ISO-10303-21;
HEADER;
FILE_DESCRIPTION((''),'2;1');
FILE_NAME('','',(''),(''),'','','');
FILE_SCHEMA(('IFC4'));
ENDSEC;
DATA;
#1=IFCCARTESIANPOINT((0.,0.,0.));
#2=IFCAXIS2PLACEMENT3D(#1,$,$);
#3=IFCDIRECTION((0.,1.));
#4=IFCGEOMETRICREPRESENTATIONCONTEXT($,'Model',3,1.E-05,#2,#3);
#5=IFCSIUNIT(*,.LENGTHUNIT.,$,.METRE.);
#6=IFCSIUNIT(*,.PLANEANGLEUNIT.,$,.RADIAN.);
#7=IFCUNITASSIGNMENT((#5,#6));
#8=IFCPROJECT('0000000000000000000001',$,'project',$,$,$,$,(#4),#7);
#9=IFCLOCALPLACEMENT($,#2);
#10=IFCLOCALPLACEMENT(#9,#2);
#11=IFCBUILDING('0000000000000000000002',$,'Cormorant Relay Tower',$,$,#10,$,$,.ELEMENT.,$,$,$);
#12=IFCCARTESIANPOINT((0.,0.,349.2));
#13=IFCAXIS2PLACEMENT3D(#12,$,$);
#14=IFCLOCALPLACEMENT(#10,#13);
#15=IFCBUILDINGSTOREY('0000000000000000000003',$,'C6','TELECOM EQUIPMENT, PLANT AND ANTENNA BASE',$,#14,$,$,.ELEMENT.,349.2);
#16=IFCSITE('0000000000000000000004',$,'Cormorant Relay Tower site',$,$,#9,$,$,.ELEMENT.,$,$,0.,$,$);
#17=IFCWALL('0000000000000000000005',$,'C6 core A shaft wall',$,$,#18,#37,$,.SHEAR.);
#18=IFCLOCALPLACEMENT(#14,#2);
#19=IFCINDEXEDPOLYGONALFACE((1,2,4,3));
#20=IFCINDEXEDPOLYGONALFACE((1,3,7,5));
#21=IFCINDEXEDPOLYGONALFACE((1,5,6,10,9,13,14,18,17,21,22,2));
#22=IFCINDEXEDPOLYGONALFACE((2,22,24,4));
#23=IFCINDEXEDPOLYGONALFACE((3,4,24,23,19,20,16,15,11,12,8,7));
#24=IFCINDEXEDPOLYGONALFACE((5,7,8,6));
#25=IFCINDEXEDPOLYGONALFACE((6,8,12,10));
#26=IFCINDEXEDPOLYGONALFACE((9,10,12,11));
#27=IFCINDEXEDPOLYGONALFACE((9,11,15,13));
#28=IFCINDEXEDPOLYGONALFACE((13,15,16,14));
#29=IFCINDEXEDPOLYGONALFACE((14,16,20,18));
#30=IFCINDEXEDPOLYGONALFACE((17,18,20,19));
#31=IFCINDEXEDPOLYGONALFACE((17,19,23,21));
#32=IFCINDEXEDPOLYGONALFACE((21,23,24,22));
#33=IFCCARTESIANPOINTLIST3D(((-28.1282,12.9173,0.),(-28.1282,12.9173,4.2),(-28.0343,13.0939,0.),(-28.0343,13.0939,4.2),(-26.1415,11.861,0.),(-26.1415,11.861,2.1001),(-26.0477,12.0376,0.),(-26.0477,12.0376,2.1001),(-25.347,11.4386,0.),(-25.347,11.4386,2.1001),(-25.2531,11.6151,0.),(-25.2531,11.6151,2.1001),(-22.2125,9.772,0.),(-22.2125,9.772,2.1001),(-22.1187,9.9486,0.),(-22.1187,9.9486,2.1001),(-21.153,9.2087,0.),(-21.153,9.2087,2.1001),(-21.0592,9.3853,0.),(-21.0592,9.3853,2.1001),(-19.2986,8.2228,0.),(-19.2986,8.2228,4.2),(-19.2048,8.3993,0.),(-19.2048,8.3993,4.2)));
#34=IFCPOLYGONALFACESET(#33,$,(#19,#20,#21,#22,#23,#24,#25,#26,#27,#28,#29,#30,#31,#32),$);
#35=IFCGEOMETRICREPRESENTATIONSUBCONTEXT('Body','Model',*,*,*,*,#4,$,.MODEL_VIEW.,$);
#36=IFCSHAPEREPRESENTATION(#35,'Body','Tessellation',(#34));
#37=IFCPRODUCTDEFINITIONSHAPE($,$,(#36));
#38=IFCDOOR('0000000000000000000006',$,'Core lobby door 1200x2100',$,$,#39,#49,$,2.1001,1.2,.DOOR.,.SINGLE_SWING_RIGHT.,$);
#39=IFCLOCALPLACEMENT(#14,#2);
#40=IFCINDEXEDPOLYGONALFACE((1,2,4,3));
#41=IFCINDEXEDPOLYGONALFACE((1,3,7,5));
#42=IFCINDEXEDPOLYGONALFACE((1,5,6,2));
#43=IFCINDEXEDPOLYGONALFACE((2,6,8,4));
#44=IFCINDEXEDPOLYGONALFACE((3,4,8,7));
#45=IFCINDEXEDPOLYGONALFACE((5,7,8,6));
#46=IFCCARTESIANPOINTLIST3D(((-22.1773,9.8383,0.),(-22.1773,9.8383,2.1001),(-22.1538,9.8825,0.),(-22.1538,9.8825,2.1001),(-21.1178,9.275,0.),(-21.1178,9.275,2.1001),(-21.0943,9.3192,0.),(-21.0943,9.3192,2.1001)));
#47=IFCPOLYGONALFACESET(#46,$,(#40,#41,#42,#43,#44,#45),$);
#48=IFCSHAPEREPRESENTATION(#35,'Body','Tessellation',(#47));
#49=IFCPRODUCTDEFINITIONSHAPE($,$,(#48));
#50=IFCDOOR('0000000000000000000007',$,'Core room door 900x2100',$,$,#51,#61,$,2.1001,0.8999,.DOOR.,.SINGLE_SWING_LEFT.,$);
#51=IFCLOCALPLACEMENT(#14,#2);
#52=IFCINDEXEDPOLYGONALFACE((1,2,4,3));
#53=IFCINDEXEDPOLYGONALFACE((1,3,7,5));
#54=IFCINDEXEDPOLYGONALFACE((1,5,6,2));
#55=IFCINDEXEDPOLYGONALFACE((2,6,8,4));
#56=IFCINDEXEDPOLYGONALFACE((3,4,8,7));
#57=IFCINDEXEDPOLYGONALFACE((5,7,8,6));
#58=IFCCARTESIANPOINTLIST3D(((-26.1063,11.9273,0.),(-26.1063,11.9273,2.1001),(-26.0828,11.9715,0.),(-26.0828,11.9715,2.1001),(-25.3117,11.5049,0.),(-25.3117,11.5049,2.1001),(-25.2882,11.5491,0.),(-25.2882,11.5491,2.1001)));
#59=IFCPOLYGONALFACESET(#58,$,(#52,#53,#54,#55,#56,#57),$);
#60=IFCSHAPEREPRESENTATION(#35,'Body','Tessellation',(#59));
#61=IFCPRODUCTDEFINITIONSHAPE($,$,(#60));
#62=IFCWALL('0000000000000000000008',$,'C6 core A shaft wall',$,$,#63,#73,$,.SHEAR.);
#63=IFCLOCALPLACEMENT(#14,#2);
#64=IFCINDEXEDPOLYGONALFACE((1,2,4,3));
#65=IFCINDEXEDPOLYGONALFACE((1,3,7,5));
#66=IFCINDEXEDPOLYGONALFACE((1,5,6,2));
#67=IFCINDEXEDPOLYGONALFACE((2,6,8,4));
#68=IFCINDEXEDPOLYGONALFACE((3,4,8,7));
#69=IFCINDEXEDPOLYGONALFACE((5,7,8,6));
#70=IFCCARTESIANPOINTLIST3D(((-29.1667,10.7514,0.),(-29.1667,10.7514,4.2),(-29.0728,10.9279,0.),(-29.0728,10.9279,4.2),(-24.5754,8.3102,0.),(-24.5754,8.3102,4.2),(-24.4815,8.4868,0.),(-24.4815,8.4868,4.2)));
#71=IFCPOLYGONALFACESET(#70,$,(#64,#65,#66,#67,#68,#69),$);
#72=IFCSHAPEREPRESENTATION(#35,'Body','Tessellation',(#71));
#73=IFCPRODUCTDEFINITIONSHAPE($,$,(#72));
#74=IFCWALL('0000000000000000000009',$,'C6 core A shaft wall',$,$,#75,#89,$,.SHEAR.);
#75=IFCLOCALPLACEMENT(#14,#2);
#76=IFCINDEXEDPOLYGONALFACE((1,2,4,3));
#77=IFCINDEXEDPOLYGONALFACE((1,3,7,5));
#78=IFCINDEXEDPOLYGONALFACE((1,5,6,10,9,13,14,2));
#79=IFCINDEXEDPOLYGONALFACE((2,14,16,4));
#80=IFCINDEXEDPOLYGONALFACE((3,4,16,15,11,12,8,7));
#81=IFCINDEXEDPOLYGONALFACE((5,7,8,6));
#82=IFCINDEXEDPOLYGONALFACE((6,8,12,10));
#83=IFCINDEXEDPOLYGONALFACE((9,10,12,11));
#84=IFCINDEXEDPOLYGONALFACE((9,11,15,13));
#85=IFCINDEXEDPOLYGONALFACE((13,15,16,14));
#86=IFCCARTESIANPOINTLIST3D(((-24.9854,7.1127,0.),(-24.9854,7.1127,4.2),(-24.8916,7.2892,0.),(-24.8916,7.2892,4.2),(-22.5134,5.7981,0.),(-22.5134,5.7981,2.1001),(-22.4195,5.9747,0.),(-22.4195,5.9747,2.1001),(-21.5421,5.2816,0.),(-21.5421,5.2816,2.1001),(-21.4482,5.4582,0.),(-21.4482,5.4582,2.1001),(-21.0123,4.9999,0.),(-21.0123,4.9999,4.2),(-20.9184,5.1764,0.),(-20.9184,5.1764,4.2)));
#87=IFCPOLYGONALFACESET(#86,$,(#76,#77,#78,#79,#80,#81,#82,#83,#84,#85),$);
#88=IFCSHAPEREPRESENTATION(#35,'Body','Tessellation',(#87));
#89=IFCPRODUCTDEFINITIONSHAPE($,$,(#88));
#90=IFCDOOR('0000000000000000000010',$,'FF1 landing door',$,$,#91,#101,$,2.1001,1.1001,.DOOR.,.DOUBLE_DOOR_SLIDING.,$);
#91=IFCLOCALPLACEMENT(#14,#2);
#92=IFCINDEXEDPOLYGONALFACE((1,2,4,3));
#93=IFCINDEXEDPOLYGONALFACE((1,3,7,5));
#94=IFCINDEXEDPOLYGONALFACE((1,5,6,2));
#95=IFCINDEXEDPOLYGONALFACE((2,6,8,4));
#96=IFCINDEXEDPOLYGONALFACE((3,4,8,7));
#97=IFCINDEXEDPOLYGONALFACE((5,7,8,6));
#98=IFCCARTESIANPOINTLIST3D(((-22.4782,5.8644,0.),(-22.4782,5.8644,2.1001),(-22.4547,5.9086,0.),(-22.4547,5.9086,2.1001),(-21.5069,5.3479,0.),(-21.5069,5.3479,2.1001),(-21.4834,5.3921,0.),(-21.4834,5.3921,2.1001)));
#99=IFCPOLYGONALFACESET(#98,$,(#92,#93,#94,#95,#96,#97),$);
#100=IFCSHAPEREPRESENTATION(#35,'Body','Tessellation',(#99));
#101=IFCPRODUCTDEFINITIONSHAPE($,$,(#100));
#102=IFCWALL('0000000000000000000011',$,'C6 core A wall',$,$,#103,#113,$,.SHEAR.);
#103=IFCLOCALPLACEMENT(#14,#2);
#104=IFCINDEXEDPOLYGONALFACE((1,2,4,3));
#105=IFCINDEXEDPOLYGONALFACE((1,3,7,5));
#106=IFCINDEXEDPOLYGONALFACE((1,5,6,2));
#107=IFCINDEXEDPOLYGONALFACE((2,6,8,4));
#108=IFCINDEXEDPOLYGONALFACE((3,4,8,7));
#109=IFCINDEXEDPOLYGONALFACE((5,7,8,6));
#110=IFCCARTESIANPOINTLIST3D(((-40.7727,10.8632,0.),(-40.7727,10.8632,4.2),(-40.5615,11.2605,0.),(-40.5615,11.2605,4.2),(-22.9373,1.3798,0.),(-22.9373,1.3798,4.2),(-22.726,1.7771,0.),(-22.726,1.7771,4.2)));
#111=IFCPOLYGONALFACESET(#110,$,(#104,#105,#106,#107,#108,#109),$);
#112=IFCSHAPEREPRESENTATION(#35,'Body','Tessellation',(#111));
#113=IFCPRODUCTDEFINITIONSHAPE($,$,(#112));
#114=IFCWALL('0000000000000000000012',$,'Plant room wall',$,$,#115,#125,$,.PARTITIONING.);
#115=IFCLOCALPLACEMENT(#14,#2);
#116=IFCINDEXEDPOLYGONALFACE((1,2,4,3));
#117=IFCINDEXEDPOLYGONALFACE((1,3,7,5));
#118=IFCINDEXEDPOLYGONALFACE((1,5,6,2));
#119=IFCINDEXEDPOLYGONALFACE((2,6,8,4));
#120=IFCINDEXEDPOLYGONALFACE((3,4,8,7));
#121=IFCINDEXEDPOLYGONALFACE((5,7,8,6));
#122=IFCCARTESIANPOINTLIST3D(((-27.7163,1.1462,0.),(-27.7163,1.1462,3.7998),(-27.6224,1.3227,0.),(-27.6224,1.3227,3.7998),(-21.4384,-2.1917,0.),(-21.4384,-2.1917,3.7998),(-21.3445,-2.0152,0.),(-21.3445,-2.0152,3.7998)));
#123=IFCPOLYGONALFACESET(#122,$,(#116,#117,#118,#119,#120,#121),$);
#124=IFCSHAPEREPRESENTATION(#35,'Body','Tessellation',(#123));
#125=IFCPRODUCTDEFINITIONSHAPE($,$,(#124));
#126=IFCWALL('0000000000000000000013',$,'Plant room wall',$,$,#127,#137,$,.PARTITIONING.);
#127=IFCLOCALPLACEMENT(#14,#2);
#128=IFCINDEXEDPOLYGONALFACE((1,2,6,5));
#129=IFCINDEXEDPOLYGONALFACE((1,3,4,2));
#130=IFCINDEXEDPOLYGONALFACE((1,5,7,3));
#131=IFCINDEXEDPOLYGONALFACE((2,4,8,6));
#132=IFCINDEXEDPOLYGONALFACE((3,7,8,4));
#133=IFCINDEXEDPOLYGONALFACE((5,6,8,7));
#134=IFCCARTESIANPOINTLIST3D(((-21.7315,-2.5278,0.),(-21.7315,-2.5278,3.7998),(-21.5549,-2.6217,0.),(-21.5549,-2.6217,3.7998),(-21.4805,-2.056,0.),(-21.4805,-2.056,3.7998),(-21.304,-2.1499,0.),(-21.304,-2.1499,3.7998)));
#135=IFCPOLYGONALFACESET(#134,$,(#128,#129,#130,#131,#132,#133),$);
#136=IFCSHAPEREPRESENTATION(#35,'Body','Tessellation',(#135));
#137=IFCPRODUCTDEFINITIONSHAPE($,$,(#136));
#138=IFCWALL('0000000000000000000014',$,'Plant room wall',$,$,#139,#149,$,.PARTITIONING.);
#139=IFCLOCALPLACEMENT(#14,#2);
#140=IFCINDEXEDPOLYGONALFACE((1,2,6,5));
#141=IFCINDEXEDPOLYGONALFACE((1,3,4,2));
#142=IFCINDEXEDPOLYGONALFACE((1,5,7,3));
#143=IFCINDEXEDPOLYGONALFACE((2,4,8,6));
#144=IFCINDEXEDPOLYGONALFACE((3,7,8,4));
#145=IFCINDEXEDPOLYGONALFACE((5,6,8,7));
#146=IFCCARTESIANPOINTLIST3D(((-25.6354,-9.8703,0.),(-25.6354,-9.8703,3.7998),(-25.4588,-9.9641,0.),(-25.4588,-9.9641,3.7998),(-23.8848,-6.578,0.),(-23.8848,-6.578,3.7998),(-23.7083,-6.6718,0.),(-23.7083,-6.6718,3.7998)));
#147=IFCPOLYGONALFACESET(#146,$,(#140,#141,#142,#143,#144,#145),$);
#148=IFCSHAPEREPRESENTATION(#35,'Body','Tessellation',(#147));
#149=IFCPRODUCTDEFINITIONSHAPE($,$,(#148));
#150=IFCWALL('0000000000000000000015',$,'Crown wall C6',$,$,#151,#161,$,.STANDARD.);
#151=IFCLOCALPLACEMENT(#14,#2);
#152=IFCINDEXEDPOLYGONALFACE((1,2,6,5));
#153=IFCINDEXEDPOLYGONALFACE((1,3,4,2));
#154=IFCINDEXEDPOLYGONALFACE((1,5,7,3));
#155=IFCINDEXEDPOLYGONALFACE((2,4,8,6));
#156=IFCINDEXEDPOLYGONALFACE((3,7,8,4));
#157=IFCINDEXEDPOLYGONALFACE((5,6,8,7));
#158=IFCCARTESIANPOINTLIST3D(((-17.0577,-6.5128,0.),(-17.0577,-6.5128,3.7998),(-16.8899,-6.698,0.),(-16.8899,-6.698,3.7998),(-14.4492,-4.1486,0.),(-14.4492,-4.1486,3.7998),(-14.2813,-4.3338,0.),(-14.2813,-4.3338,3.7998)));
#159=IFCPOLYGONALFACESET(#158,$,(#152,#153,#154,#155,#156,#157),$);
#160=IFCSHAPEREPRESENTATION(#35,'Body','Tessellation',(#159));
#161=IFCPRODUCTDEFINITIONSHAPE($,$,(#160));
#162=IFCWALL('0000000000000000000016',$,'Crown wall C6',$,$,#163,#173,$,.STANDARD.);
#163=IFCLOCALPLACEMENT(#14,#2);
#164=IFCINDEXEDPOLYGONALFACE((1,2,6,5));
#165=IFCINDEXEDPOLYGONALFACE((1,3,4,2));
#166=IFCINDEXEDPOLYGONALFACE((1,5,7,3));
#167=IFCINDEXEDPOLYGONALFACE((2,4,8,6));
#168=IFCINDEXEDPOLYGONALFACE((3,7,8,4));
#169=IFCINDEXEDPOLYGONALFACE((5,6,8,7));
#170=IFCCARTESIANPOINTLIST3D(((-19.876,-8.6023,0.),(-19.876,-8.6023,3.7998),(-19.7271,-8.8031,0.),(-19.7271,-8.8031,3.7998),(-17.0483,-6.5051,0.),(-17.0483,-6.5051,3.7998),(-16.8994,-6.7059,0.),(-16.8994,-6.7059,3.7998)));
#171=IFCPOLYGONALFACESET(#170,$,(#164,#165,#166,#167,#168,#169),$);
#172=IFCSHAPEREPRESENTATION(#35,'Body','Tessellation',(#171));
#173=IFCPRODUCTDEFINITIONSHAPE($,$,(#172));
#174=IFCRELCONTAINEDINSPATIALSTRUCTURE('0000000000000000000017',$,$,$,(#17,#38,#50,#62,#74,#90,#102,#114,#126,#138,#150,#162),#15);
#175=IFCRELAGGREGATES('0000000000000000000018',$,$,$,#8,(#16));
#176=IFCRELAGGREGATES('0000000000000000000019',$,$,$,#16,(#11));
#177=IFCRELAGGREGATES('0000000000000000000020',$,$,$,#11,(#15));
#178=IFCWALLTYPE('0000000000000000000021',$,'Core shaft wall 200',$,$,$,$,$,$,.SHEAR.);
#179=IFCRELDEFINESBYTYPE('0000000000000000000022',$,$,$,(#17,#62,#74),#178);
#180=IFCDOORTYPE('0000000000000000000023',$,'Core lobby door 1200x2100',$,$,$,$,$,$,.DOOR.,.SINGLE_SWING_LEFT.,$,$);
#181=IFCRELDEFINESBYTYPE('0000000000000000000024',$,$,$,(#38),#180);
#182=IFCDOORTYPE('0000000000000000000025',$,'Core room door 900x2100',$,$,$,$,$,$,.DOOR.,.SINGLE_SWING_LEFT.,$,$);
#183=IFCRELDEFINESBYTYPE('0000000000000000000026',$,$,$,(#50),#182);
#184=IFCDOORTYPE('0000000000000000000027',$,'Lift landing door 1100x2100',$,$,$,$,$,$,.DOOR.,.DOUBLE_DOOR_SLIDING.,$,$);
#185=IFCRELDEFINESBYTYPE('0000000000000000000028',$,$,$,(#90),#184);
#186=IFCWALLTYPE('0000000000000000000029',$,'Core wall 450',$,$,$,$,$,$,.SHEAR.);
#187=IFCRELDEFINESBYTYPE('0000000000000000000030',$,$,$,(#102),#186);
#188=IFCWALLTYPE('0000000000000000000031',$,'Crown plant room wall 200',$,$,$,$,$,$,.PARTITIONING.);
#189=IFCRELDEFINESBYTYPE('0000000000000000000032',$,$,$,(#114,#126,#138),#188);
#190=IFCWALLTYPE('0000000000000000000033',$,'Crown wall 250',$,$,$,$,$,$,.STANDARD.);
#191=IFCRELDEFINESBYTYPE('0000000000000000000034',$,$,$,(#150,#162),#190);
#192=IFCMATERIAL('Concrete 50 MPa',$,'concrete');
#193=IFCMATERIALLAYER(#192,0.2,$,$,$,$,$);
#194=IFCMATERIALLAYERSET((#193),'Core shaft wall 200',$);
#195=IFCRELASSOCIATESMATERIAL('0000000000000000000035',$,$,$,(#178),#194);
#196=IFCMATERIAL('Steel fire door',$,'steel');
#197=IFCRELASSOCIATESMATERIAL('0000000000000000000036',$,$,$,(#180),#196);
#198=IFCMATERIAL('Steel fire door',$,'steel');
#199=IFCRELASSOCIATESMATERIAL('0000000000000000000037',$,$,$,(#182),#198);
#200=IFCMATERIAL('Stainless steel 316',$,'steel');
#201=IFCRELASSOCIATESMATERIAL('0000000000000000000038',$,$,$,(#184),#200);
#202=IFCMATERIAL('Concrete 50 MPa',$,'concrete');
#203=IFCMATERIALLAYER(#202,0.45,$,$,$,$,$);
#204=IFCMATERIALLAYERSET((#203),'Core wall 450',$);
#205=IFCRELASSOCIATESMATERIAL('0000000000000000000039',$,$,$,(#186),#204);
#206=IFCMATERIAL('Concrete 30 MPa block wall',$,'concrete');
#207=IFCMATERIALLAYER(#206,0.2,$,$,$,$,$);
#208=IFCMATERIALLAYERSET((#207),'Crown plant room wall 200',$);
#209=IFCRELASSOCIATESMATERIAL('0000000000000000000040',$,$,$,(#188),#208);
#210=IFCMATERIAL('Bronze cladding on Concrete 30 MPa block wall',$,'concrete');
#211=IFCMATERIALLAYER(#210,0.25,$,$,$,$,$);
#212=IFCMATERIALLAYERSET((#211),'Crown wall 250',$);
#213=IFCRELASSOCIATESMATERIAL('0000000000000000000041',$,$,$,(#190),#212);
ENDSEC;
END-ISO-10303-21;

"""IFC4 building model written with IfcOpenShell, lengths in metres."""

from ifc_helpers import new_model, si_unit, direction, frame, frame_2d, origin, place, context, subcontext, project, spatial, rectangle, extrude, material, layer, layer_set, type_object, element, fill, save


model = new_model("IFC4")

# Units and contexts
model_context = context("Model", 3, precision=1e-05, world=origin(), true_north=direction((0.0, 1.0)))
body_context = subcontext(model_context, "Body", "Model", "MODEL_VIEW")
ifc_project = project(units=[si_unit("LENGTHUNIT", "METRE"), si_unit("PLANEANGLEUNIT", "RADIAN")], contexts=[model_context])

# Site, building, storey
site_placement = place(None, origin())
site = spatial("IfcSite", under=ifc_project, at=site_placement, Name="Cormorant Relay Tower site", CompositionType="ELEMENT", RefElevation=0.0)
building_placement = place(site_placement, origin())
building = spatial("IfcBuilding", under=site, at=building_placement, Name="Cormorant Relay Tower", CompositionType="ELEMENT")
storey_placement = place(building_placement, frame((0.0, 0.0, 349.2)))
storey = spatial("IfcBuildingStorey", under=building, at=storey_placement, Name="C6", Description="TELECOM EQUIPMENT, PLANT AND ANTENNA BASE", CompositionType="ELEMENT", Elevation=349.2)

# Shared definitions
ifc_material_1 = material(Name="Concrete 50 MPa", Category="concrete")
ifc_layer_1 = layer(ifc_material_1, 0.2)
ifc_layer_set_1 = layer_set([ifc_layer_1], Name="Core shaft wall 200")
wall_type_1 = type_object("IfcWallType", Name="Core shaft wall 200", PredefinedType="SHEAR", material=ifc_layer_set_1)

# Wall, openings, doors
wall_1_placement = place(storey_placement, frame((-19.2517, 8.311, 0.0), z_axis=(0.0, 0.0, 1.0), x_axis=(-0.882956, 0.469456, 0.0)))
wall_1 = element("IfcWall", 1, at=wall_1_placement, inside=storey, type_object=wall_type_1, Name="C6 core A shaft wall", PredefinedType="SHEAR", context=body_context, shape_type="SweptSolid", body=[
    extrude(rectangle(XDim=10.0, YDim=0.2, at=frame_2d((5.0, 0.0))), origin(), (0.0, 0.0, 1.0), 4.2),
])
opening_1_placement = place(wall_1_placement, frame((2.1001, 0.0, 0.0)))
opening_1 = element("IfcOpeningElement", 2, at=opening_1_placement, cuts=wall_1, PredefinedType="OPENING", context=body_context, shape_type="SweptSolid", body=[
    extrude(rectangle(XDim=1.2, YDim=2.1001, at=frame_2d((0.6001, 1.05))), frame((0.0, 0.1099, 0.0), z_axis=(0.0, -1.0, 0.0), x_axis=(1.0, 0.0, 0.0)), (0.0, 0.0, 1.0), 0.22),
])
opening_2_placement = place(wall_1_placement, frame((6.8501, 0.0, 0.0)))
opening_2 = element("IfcOpeningElement", 3, at=opening_2_placement, cuts=wall_1, PredefinedType="OPENING", context=body_context, shape_type="SweptSolid", body=[
    extrude(rectangle(XDim=0.8999, YDim=2.1001, at=frame_2d((0.45, 1.05))), frame((0.0, 0.1099, 0.0), z_axis=(0.0, -1.0, 0.0), x_axis=(1.0, 0.0, 0.0)), (0.0, 0.0, 1.0), 0.22),
])
ifc_material_2 = material(Name="Steel fire door", Category="steel")
door_type_1 = type_object("IfcDoorType", Name="Core lobby door 1200x2100", OperationType="SINGLE_SWING_LEFT", PredefinedType="DOOR", material=ifc_material_2)
door_1_placement = place(opening_1_placement, origin())
door_1 = element("IfcDoor", 4, at=door_1_placement, inside=storey, type_object=door_type_1, Name="Core lobby door 1200x2100", OperationType="SINGLE_SWING_RIGHT", OverallHeight=2.1001, OverallWidth=1.2, PredefinedType="DOOR", context=body_context, shape_type="SweptSolid", body=[
    extrude(rectangle(XDim=1.2, YDim=2.1001, at=frame_2d((0.6001, 1.05))), frame((0.0, 0.0249, 0.0), z_axis=(0.0, -1.0, 0.0), x_axis=(1.0, 0.0, 0.0)), (0.0, 0.0, 1.0), 0.05),
])
fill(opening_1, door_1)
ifc_material_3 = material(Name="Steel fire door", Category="steel")
door_type_2 = type_object("IfcDoorType", Name="Core room door 900x2100", OperationType="SINGLE_SWING_LEFT", PredefinedType="DOOR", material=ifc_material_3)
door_2_placement = place(opening_2_placement, origin())
door_2 = element("IfcDoor", 5, at=door_2_placement, inside=storey, type_object=door_type_2, Name="Core room door 900x2100", OperationType="SINGLE_SWING_LEFT", OverallHeight=2.1001, OverallWidth=0.8999, PredefinedType="DOOR", context=body_context, shape_type="SweptSolid", body=[
    extrude(rectangle(XDim=0.8999, YDim=2.1001, at=frame_2d((0.45, 1.05))), frame((0.0, 0.0249, 0.0), z_axis=(0.0, -1.0, 0.0), x_axis=(1.0, 0.0, 0.0)), (0.0, 0.0, 1.0), 0.05),
])
fill(opening_2, door_2)

# Wall
wall_2_placement = place(storey_placement, frame((-24.5283, 8.3984, 0.0), z_axis=(0.0, 0.0, 1.0), x_axis=(-0.882954, 0.46946, 0.0)))
element("IfcWall", 6, at=wall_2_placement, inside=storey, type_object=wall_type_1, Name="C6 core A shaft wall", PredefinedType="SHEAR", context=body_context, shape_type="SweptSolid", body=[
    extrude(rectangle(XDim=5.2, YDim=0.2, at=frame_2d((2.6001, 0.0))), origin(), (0.0, 0.0, 1.0), 4.2),
])

# Wall, opening, door
wall_3_placement = place(storey_placement, frame((-20.9653, 5.0881, 0.0), z_axis=(0.0, 0.0, 1.0), x_axis=(-0.882926, 0.469512, 0.0)))
wall_3 = element("IfcWall", 7, at=wall_3_placement, inside=storey, type_object=wall_type_1, Name="C6 core A shaft wall", PredefinedType="SHEAR", context=body_context, shape_type="SweptSolid", body=[
    extrude(rectangle(XDim=4.5, YDim=0.2, at=frame_2d((2.25, 0.0))), origin(), (0.0, 0.0, 1.0), 4.2),
])
opening_3_placement = place(wall_3_placement, frame((0.6001, 0.0, 0.0)))
opening_3 = element("IfcOpeningElement", 8, at=opening_3_placement, cuts=wall_3, PredefinedType="OPENING", context=body_context, shape_type="SweptSolid", body=[
    extrude(rectangle(XDim=1.1001, YDim=2.1001, at=frame_2d((0.55, 1.05))), frame((0.0, 0.1099, 0.0), z_axis=(0.0, -1.0, 0.0), x_axis=(1.0, 0.0, 0.0)), (0.0, 0.0, 1.0), 0.22),
])
ifc_material_4 = material(Name="Stainless steel 316", Category="steel")
door_type_3 = type_object("IfcDoorType", Name="Lift landing door 1100x2100", OperationType="DOUBLE_DOOR_SLIDING", PredefinedType="DOOR", material=ifc_material_4)
door_3_placement = place(opening_3_placement, origin())
door_3 = element("IfcDoor", 9, at=door_3_placement, inside=storey, type_object=door_type_3, Name="FF1 landing door", OperationType="DOUBLE_DOOR_SLIDING", OverallHeight=2.1001, OverallWidth=1.1001, PredefinedType="DOOR", context=body_context, shape_type="SweptSolid", body=[
    extrude(rectangle(XDim=1.1001, YDim=2.1001, at=frame_2d((0.55, 1.05))), frame((0.0, 0.0249, 0.0), z_axis=(0.0, -1.0, 0.0), x_axis=(1.0, 0.0, 0.0)), (0.0, 0.0, 1.0), 0.05),
])
fill(opening_3, door_3)

# Walls
ifc_material_5 = material(Name="Concrete 50 MPa", Category="concrete")
ifc_layer_2 = layer(ifc_material_5, 0.45)
ifc_layer_set_2 = layer_set([ifc_layer_2], Name="Core wall 450")
wall_type_2 = type_object("IfcWallType", Name="Core wall 450", PredefinedType="SHEAR", material=ifc_layer_set_2)
wall_4_placement = place(storey_placement, frame((-22.8315, 1.5784, 0.0), z_axis=(0.0, 0.0, 1.0), x_axis=(-0.882945, 0.469476, 0.0)))
element("IfcWall", 10, at=wall_4_placement, inside=storey, type_object=wall_type_2, Name="C6 core A wall", PredefinedType="SHEAR", context=body_context, shape_type="SweptSolid", body=[
    extrude(rectangle(XDim=20.2, YDim=0.45, at=frame_2d((10.1001, 0.0))), origin(), (0.0, 0.0, 1.0), 4.2),
])
ifc_material_6 = material(Name="Concrete 30 MPa block wall", Category="concrete")
ifc_layer_3 = layer(ifc_material_6, 0.2)
ifc_layer_set_3 = layer_set([ifc_layer_3], Name="Crown plant room wall 200")
wall_type_3 = type_object("IfcWallType", Name="Crown plant room wall 200", PredefinedType="PARTITIONING", material=ifc_layer_set_3)
wall_5_placement = place(storey_placement, frame((-21.3914, -2.1035, 0.0), z_axis=(0.0, 0.0, 1.0), x_axis=(-0.882953, 0.469461, 0.0)))
element("IfcWall", 11, at=wall_5_placement, inside=storey, type_object=wall_type_3, Name="Plant room wall", PredefinedType="PARTITIONING", context=body_context, shape_type="SweptSolid", body=[
    extrude(rectangle(XDim=7.1101, YDim=0.2, at=frame_2d((3.5552, 0.0))), origin(), (0.0, 0.0, 1.0), 3.7998),
])
wall_6_placement = place(storey_placement, frame((-21.3923, -2.103, 0.0), z_axis=(0.0, 0.0, 1.0), x_axis=(-0.469545, -0.882909, 0.0)))
element("IfcWall", 12, at=wall_6_placement, inside=storey, type_object=wall_type_3, Name="Plant room wall", PredefinedType="PARTITIONING", context=body_context, shape_type="SweptSolid", body=[
    extrude(rectangle(XDim=0.5344, YDim=0.2, at=frame_2d((0.2671, 0.0))), origin(), (0.0, 0.0, 1.0), 3.7998),
])
wall_7_placement = place(storey_placement, frame((-23.7966, -6.625, 0.0), z_axis=(0.0, 0.0, 1.0), x_axis=(-0.469466, -0.88295, 0.0)))
element("IfcWall", 13, at=wall_7_placement, inside=storey, type_object=wall_type_3, Name="Plant room wall", PredefinedType="PARTITIONING", context=body_context, shape_type="SweptSolid", body=[
    extrude(rectangle(XDim=3.7288, YDim=0.2, at=frame_2d((1.8643, 0.0))), origin(), (0.0, 0.0, 1.0), 3.7998),
])
ifc_material_7 = material(Name="Bronze cladding on Concrete 30 MPa block wall", Category="concrete")
ifc_layer_4 = layer(ifc_material_7, 0.25)
ifc_layer_set_4 = layer_set([ifc_layer_4], Name="Crown wall 250")
wall_type_4 = type_object("IfcWallType", Name="Crown wall 250", PredefinedType="STANDARD", material=ifc_layer_set_4)
for number, where, z_axis, x_axis, name in (
    (14, (-14.3652, -4.2412, 0.0), (0.0, 0.0, 1.0), (-0.740962, -0.671547, 0.0), "Crown wall C6"),
    (15, (-16.9739, -6.6055, 0.0), (0.0, 0.0, 1.0), (-0.803201, -0.595708, 0.0), "Crown wall C6"),
):
    element("IfcWall", number, at=place(storey_placement, frame(where, z_axis=z_axis, x_axis=x_axis)), inside=storey, type_object=wall_type_4, Name=name, PredefinedType="STANDARD", context=body_context, shape_type="SweptSolid", body=[
        extrude(rectangle(XDim=3.5205, YDim=0.25, at=frame_2d((1.7603, 0.0))), origin(), (0.0, 0.0, 1.0), 3.7998),
    ])

save(model, "model.ifc")
